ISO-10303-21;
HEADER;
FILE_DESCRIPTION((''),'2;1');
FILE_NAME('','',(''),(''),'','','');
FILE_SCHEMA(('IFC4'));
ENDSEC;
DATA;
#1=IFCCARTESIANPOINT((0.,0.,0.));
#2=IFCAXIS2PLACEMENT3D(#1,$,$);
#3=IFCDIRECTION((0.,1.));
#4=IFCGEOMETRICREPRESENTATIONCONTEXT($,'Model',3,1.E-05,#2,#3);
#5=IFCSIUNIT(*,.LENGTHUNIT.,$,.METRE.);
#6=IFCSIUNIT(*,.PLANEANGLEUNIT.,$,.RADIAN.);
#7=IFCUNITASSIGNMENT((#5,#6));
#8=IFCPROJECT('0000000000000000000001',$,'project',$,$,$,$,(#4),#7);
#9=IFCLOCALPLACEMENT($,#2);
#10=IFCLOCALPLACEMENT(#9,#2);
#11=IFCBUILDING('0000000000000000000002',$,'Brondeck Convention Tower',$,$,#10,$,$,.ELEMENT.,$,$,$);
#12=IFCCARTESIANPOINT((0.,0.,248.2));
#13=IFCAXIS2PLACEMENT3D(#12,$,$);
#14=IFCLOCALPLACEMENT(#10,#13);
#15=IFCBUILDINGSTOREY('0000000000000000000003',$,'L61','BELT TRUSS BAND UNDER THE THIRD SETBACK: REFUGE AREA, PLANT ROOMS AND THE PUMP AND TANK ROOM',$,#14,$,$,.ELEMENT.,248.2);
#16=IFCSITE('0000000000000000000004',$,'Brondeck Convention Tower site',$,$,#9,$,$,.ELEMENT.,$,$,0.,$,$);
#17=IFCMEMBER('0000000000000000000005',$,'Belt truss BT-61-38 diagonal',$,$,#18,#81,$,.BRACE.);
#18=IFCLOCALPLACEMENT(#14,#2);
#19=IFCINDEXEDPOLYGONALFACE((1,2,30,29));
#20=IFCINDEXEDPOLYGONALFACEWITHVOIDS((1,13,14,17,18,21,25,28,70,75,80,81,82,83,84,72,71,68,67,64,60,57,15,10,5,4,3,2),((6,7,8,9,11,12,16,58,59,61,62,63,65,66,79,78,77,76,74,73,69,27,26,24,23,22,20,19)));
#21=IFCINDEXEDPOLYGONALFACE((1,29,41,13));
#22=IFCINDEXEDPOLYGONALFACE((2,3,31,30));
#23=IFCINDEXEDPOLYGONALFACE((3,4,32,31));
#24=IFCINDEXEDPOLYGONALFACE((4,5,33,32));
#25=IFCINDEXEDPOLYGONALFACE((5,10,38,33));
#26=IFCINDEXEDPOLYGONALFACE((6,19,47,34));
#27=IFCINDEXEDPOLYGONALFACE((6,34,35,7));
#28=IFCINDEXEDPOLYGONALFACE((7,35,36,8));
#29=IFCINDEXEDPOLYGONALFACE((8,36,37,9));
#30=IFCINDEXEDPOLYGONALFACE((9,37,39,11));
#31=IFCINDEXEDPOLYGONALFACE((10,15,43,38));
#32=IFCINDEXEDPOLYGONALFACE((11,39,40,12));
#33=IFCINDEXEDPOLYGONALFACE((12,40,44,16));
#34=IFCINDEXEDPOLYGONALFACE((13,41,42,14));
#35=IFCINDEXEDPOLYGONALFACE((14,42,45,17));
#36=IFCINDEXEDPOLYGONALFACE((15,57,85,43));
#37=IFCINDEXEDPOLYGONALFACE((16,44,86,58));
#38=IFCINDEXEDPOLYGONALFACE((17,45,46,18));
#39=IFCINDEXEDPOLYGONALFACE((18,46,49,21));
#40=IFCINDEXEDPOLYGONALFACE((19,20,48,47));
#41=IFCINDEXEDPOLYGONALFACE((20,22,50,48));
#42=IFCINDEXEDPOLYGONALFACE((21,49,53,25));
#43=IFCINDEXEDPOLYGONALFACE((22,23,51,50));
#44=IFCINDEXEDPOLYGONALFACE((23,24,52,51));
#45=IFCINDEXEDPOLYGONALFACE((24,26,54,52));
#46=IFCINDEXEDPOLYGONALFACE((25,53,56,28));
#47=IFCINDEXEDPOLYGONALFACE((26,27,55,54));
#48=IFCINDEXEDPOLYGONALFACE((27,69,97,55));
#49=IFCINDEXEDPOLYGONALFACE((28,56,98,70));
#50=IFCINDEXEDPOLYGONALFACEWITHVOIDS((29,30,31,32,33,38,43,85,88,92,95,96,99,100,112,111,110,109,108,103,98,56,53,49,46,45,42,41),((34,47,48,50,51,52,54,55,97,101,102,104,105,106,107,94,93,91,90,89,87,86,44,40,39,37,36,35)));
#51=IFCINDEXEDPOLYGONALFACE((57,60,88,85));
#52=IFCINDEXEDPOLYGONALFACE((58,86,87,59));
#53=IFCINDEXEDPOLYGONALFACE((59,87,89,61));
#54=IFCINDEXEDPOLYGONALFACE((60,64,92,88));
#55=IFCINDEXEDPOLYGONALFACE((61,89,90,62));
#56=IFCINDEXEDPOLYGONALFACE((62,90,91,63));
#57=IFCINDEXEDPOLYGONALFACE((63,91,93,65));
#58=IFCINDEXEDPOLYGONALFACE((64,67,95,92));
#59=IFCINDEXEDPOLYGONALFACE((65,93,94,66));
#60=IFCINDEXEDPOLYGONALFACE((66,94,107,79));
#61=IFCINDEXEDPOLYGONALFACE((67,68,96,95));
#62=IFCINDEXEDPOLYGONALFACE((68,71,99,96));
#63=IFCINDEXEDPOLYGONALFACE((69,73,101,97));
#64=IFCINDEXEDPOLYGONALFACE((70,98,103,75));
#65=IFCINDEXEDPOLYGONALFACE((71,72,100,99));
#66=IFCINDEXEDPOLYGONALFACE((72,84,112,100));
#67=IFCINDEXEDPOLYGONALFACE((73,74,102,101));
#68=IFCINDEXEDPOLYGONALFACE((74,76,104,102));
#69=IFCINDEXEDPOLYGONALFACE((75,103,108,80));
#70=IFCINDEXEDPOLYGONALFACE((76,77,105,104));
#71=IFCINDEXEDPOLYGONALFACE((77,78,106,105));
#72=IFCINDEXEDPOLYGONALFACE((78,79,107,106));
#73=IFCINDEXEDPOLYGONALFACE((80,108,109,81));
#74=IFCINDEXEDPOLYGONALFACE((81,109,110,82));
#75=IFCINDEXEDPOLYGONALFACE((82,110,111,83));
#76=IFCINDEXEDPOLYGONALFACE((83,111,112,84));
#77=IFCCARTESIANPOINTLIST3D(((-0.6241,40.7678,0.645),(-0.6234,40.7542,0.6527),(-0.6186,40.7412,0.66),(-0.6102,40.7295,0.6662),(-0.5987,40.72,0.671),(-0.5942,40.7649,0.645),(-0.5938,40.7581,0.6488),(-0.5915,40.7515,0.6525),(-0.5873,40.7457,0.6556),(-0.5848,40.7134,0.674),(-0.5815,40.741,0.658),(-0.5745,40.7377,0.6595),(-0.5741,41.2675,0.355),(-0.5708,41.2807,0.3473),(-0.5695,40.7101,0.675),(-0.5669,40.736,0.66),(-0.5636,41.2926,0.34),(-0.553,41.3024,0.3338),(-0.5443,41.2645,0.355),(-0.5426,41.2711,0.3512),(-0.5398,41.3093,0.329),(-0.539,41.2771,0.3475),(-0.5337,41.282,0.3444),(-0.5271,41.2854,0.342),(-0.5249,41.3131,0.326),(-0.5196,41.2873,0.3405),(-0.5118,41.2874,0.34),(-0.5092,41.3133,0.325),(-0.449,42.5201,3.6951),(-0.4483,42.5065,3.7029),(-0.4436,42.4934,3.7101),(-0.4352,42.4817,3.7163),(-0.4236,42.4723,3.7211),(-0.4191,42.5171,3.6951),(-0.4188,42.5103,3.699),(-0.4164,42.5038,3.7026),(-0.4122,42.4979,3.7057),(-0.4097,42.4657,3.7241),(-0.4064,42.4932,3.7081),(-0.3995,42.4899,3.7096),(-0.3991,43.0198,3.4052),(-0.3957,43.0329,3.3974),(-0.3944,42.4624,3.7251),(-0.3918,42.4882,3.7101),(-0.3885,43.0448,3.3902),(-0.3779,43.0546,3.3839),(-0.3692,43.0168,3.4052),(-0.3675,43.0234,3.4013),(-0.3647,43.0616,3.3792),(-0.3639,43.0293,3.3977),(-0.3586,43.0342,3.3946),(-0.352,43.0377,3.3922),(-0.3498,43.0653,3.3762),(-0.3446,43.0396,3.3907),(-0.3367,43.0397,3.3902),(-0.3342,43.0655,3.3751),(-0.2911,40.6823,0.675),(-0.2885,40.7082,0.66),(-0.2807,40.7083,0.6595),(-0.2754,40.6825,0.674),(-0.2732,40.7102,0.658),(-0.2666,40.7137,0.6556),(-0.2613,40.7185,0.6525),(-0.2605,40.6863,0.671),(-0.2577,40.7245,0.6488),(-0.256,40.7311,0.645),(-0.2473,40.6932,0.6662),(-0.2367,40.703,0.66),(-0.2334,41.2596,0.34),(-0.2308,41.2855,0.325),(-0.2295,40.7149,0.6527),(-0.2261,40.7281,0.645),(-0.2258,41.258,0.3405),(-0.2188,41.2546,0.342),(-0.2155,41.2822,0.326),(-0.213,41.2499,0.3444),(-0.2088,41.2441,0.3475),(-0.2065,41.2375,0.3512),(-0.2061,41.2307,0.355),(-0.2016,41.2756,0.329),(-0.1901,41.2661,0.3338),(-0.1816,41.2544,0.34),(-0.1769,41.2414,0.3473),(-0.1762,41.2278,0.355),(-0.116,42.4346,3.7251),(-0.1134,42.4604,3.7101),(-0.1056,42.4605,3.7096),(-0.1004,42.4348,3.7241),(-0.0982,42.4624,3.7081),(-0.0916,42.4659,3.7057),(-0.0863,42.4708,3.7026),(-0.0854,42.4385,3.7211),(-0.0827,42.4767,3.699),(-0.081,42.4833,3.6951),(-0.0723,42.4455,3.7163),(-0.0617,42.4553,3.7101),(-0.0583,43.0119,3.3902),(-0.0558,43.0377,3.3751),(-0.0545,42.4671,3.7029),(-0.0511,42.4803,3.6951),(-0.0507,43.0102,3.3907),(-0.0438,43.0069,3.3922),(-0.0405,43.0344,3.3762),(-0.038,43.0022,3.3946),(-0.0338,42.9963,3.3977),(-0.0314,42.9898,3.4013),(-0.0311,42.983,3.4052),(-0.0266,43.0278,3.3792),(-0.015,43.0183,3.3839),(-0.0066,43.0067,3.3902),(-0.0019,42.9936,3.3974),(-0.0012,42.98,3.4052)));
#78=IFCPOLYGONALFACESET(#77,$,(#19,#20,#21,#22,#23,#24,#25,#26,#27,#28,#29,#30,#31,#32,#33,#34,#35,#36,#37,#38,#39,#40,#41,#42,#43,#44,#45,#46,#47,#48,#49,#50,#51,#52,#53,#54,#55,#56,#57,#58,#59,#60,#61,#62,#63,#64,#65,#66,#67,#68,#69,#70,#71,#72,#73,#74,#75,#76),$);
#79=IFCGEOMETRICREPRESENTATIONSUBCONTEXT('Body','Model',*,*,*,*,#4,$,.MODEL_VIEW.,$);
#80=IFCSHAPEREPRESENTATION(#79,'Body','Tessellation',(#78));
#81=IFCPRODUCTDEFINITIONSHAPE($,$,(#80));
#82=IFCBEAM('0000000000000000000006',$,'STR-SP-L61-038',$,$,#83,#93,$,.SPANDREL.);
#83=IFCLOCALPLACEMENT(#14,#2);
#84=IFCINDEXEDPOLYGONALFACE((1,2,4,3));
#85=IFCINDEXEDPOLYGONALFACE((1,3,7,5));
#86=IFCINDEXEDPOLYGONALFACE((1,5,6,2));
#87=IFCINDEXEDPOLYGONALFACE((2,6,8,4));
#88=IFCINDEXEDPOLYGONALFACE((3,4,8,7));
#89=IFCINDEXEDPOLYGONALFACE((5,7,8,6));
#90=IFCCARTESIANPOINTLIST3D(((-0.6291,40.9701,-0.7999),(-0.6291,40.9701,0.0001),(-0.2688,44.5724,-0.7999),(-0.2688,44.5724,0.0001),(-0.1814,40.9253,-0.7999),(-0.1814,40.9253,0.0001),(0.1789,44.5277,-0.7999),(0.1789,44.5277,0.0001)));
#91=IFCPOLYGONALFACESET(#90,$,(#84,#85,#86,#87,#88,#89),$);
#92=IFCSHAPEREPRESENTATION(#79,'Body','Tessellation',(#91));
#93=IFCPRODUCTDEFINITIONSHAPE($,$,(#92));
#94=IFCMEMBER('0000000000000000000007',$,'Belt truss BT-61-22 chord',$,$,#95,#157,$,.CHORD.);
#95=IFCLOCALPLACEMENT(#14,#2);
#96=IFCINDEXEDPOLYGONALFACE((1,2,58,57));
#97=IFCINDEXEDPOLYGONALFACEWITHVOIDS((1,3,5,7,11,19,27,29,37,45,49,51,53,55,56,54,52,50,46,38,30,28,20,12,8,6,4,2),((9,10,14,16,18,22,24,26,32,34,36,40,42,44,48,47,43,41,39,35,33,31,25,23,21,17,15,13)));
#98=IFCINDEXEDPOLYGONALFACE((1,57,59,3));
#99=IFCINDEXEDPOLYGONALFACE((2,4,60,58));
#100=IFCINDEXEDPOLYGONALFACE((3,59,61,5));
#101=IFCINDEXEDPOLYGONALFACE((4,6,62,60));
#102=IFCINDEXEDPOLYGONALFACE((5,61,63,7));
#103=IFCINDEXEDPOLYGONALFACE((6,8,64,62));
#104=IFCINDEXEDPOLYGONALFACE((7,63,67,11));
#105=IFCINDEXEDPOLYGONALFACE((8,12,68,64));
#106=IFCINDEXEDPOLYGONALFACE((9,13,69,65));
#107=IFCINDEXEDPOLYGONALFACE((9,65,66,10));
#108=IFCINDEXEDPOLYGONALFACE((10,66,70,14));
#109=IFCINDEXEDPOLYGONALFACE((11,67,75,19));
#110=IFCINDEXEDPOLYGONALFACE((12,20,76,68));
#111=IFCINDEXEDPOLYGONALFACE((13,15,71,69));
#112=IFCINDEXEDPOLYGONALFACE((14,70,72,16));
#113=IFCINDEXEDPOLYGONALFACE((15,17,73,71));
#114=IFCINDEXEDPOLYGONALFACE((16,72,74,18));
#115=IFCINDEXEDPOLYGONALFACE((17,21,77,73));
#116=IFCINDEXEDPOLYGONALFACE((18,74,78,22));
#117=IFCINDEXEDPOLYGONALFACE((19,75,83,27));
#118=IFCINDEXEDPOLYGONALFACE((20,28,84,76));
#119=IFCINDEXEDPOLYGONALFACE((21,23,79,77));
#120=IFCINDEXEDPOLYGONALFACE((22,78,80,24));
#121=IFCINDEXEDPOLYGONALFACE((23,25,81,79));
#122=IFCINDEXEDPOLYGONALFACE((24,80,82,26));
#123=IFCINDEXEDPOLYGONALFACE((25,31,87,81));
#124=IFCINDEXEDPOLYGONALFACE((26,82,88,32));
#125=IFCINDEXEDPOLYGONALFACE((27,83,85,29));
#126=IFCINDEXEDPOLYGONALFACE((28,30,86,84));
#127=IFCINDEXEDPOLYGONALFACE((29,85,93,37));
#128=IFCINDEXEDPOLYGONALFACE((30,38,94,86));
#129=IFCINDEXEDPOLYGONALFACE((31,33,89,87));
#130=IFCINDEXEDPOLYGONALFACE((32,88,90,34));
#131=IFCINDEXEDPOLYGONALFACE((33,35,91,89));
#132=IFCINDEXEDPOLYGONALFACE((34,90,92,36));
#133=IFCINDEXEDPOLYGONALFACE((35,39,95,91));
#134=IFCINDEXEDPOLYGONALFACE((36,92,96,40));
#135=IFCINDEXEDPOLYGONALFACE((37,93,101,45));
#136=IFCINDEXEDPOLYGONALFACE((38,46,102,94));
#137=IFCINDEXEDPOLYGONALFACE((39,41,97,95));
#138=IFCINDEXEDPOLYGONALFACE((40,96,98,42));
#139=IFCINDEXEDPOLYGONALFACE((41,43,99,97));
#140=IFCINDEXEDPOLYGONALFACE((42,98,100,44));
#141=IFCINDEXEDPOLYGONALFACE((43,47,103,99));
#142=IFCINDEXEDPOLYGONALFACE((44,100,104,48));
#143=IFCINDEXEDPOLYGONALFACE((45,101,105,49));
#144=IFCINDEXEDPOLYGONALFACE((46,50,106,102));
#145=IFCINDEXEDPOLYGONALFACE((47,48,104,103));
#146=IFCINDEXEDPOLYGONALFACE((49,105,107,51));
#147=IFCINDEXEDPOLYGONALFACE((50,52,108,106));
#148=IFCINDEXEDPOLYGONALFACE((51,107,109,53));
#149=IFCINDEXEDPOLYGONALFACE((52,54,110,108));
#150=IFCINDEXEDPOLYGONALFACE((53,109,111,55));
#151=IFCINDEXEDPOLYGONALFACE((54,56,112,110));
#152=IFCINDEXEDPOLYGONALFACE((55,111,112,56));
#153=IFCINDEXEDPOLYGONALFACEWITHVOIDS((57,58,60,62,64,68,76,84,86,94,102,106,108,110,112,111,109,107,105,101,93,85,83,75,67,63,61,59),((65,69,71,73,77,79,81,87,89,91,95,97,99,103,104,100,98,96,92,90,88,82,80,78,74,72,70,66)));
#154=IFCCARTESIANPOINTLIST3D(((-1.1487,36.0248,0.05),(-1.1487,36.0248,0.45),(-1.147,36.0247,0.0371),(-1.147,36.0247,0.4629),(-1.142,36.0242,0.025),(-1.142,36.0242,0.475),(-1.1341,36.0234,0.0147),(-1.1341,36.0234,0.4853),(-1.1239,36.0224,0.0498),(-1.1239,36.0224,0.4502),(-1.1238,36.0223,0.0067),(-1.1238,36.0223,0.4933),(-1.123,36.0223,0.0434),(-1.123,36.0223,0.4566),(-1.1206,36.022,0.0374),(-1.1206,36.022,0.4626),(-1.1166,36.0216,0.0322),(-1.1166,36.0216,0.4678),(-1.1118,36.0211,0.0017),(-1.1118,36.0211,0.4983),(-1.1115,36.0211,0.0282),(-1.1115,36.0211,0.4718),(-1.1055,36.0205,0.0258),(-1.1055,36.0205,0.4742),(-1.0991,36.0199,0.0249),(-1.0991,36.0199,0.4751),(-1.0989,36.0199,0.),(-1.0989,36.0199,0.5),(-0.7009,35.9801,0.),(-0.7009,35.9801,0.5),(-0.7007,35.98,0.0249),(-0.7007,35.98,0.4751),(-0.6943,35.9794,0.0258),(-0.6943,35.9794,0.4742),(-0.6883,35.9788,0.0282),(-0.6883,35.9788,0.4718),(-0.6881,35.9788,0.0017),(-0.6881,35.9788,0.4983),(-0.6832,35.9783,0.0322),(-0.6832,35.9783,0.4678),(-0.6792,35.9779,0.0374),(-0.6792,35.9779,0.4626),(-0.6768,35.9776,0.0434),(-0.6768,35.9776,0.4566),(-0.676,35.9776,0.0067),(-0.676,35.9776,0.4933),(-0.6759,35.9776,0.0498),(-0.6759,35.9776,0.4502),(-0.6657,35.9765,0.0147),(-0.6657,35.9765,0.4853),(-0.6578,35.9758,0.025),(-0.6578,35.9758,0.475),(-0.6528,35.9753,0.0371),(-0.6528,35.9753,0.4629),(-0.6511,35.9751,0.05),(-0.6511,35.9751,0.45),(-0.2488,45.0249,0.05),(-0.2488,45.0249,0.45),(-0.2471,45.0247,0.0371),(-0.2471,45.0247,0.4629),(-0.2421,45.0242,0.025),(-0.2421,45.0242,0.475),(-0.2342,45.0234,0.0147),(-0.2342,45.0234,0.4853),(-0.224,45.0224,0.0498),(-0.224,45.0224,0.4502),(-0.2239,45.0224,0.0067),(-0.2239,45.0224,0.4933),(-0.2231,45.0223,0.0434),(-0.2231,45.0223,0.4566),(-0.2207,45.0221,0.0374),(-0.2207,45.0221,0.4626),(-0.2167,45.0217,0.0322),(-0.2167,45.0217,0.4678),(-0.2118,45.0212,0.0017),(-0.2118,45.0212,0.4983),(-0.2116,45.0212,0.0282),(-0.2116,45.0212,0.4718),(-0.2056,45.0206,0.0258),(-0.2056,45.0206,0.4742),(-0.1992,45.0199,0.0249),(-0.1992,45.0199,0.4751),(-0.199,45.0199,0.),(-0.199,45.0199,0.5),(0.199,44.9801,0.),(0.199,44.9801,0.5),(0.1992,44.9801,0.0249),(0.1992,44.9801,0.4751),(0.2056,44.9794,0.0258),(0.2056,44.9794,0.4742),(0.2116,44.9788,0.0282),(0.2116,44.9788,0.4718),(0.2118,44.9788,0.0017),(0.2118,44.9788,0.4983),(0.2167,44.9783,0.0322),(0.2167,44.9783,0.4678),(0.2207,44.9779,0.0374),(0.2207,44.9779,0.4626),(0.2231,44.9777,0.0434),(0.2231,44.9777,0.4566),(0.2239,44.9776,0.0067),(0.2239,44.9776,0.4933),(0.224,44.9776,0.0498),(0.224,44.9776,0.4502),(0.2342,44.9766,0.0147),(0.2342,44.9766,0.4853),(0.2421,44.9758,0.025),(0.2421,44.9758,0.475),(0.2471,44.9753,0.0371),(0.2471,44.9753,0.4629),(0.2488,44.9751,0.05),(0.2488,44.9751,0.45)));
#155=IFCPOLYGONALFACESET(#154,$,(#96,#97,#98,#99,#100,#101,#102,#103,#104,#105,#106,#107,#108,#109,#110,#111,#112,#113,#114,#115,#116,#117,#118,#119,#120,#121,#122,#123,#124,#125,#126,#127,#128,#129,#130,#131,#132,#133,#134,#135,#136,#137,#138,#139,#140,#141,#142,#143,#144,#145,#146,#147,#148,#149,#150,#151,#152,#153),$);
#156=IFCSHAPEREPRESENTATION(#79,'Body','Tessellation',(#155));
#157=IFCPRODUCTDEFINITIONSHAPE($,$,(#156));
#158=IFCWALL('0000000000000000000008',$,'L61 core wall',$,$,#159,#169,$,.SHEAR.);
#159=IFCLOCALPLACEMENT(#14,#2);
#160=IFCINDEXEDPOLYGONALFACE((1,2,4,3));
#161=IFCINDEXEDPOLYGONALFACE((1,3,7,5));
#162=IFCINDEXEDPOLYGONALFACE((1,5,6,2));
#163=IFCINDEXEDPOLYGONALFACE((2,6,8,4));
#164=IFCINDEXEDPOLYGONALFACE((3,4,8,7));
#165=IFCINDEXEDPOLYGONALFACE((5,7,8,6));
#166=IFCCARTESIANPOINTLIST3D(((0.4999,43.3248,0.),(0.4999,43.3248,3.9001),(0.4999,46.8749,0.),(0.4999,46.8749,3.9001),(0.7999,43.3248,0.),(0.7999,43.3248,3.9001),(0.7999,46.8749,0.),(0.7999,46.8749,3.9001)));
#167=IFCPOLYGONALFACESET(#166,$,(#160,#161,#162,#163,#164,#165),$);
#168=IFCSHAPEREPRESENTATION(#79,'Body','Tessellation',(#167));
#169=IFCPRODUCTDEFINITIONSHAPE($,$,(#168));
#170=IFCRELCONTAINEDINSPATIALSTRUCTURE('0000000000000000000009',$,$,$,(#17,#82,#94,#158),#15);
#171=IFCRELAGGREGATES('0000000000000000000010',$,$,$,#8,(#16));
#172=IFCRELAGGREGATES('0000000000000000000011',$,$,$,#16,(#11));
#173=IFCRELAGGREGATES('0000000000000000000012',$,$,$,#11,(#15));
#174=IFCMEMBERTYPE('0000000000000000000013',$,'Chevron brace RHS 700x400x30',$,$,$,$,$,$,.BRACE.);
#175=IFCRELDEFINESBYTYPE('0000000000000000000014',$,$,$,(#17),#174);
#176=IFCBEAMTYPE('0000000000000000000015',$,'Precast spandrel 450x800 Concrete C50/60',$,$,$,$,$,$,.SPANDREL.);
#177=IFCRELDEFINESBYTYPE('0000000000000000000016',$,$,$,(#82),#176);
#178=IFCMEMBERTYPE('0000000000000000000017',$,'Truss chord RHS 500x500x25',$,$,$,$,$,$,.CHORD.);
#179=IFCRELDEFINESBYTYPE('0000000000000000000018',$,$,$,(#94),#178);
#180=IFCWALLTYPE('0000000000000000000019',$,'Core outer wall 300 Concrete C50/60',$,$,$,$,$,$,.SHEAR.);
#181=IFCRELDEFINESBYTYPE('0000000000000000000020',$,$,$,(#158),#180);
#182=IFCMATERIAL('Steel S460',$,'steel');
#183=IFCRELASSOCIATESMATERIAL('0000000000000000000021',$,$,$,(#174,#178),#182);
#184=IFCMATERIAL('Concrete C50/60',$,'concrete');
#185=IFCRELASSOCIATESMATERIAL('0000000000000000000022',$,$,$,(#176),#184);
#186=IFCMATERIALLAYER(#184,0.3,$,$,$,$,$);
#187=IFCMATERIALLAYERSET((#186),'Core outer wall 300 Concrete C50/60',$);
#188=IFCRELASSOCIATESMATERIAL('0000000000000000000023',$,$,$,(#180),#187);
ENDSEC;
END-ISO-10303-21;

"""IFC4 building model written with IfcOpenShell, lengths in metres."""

from ifc_helpers import new_model, si_unit, direction, frame, frame_2d, origin, origin_2d, place, context, subcontext, project, spatial, rectangle, hollow_rectangle, extrude, material, layer, layer_set, material_profile, profile_set, type_object, element, save


model = new_model("IFC4")

# Units and contexts
model_context = context("Model", 3, precision=1e-05, world=origin(), true_north=direction((0.0, 1.0)))
body_context = subcontext(model_context, "Body", "Model", "MODEL_VIEW")
ifc_project = project(units=[si_unit("LENGTHUNIT", "METRE"), si_unit("PLANEANGLEUNIT", "RADIAN")], contexts=[model_context])

# Site, building, storey
site_placement = place(None, origin())
site = spatial("IfcSite", under=ifc_project, at=site_placement, Name="Brondeck Convention Tower site", CompositionType="ELEMENT", RefElevation=0.0)
building_placement = place(site_placement, origin())
building = spatial("IfcBuilding", under=site, at=building_placement, Name="Brondeck Convention Tower", CompositionType="ELEMENT")
storey_placement = place(building_placement, frame((0.0, 0.0, 248.2)))
storey = spatial("IfcBuildingStorey", under=building, at=storey_placement, Name="L61", Description="BELT TRUSS BAND UNDER THE THIRD SETBACK: REFUGE AREA, PLANT ROOMS AND THE PUMP AND TANK ROOM", CompositionType="ELEMENT", Elevation=248.2)

# Shared definitions
ifc_material_1 = material(Name="Concrete C50/60", Category="concrete")

# Member
ifc_material_2 = material(Name="Steel S460", Category="steel")
ifc_material_profile_1 = material_profile(ifc_material_2, hollow_rectangle(XDim=0.3999, YDim=0.7, WallThickness=0.03, InnerFilletRadius=0.03, OuterFilletRadius=0.0601, at=origin_2d()), Name="RHS 700x400x30")
ifc_profile_set_1 = profile_set([ifc_material_profile_1], Name="Steel S460")
member_type_1 = type_object("IfcMemberType", Name="Chevron brace RHS 700x400x30", PredefinedType="BRACE", material=ifc_profile_set_1)
for number, where, z_axis, x_axis, name in (
    (1, (-0.4001, 40.9978, 0.5), (0.049703, 0.497518, 0.866029), (-0.995047, 0.099408, 0.0), "Belt truss BT-61-38 diagonal"),
):
    element("IfcMember", number, at=place(storey_placement, frame(where, z_axis=z_axis, x_axis=x_axis)), inside=storey, type_object=member_type_1, Name=name, PredefinedType="BRACE", context=body_context, shape_type="SweptSolid", body=[
        extrude(hollow_rectangle(XDim=0.3999, YDim=0.7, WallThickness=0.03, InnerFilletRadius=0.03, OuterFilletRadius=0.0601, at=origin_2d()), origin(), (0.0, 0.0, 1.0), 3.522),
    ])

# Beam
ifc_material_profile_2 = material_profile(ifc_material_1, rectangle(XDim=0.45, YDim=0.8, at=origin_2d()), Name="Precast spandrel 450x800 Concrete C50/60")
ifc_profile_set_2 = profile_set([ifc_material_profile_2], Name="Concrete C50/60")
beam_type = type_object("IfcBeamType", Name="Precast spandrel 450x800 Concrete C50/60", PredefinedType="SPANDREL", material=ifc_profile_set_2)
beam_placement = place(storey_placement, frame((-0.0449, 44.55, -0.3999), z_axis=(-0.099537, -0.995034, 0.0), x_axis=(0.995034, -0.099537, 0.0)))
element("IfcBeam", 2, at=beam_placement, inside=storey, type_object=beam_type, Name="STR-SP-L61-038", PredefinedType="SPANDREL", context=body_context, shape_type="SweptSolid", body=[
    extrude(rectangle(XDim=0.45, YDim=0.8, at=origin_2d()), origin(), (0.0, 0.0, 1.0), 3.6204),
])

# Member
ifc_material_profile_3 = material_profile(ifc_material_2, hollow_rectangle(XDim=0.5, YDim=0.5, WallThickness=0.0249, InnerFilletRadius=0.0249, OuterFilletRadius=0.05, at=origin_2d()), Name="RHS 500x500x25")
ifc_profile_set_3 = profile_set([ifc_material_profile_3], Name="Steel S460")
member_type_2 = type_object("IfcMemberType", Name="Truss chord RHS 500x500x25", PredefinedType="CHORD", material=ifc_profile_set_3)
member_placement = place(storey_placement, frame((0.0, 45.0, 0.25), z_axis=(-0.099493, -0.995038, 0.0), x_axis=(0.995038, -0.099493, 0.0)))
element("IfcMember", 3, at=member_placement, inside=storey, type_object=member_type_2, Name="Belt truss BT-61-22 chord", PredefinedType="CHORD", context=body_context, shape_type="SweptSolid", body=[
    extrude(hollow_rectangle(XDim=0.5, YDim=0.5, WallThickness=0.0249, InnerFilletRadius=0.0249, OuterFilletRadius=0.05, at=origin_2d()), origin(), (0.0, 0.0, 1.0), 9.0449),
])

# Wall
ifc_layer_1 = layer(ifc_material_1, 0.3)
ifc_layer_set_1 = layer_set([ifc_layer_1], Name="Core outer wall 300 Concrete C50/60")
wall_type_1 = type_object("IfcWallType", Name="Core outer wall 300 Concrete C50/60", PredefinedType="SHEAR", material=ifc_layer_set_1)
wall_1_placement = place(storey_placement, frame((0.6499, 43.325, 0.0), z_axis=(0.0, 0.0, 1.0), x_axis=(0.0, 1.0, 0.0)))
element("IfcWall", 4, at=wall_1_placement, inside=storey, type_object=wall_type_1, Name="L61 core wall", PredefinedType="SHEAR", context=body_context, shape_type="SweptSolid", body=[
    extrude(rectangle(XDim=3.55, YDim=0.3, at=frame_2d((1.7749, 0.0))), origin(), (0.0, 0.0, 1.0), 3.9001),
])

save(model, "model.ifc")
